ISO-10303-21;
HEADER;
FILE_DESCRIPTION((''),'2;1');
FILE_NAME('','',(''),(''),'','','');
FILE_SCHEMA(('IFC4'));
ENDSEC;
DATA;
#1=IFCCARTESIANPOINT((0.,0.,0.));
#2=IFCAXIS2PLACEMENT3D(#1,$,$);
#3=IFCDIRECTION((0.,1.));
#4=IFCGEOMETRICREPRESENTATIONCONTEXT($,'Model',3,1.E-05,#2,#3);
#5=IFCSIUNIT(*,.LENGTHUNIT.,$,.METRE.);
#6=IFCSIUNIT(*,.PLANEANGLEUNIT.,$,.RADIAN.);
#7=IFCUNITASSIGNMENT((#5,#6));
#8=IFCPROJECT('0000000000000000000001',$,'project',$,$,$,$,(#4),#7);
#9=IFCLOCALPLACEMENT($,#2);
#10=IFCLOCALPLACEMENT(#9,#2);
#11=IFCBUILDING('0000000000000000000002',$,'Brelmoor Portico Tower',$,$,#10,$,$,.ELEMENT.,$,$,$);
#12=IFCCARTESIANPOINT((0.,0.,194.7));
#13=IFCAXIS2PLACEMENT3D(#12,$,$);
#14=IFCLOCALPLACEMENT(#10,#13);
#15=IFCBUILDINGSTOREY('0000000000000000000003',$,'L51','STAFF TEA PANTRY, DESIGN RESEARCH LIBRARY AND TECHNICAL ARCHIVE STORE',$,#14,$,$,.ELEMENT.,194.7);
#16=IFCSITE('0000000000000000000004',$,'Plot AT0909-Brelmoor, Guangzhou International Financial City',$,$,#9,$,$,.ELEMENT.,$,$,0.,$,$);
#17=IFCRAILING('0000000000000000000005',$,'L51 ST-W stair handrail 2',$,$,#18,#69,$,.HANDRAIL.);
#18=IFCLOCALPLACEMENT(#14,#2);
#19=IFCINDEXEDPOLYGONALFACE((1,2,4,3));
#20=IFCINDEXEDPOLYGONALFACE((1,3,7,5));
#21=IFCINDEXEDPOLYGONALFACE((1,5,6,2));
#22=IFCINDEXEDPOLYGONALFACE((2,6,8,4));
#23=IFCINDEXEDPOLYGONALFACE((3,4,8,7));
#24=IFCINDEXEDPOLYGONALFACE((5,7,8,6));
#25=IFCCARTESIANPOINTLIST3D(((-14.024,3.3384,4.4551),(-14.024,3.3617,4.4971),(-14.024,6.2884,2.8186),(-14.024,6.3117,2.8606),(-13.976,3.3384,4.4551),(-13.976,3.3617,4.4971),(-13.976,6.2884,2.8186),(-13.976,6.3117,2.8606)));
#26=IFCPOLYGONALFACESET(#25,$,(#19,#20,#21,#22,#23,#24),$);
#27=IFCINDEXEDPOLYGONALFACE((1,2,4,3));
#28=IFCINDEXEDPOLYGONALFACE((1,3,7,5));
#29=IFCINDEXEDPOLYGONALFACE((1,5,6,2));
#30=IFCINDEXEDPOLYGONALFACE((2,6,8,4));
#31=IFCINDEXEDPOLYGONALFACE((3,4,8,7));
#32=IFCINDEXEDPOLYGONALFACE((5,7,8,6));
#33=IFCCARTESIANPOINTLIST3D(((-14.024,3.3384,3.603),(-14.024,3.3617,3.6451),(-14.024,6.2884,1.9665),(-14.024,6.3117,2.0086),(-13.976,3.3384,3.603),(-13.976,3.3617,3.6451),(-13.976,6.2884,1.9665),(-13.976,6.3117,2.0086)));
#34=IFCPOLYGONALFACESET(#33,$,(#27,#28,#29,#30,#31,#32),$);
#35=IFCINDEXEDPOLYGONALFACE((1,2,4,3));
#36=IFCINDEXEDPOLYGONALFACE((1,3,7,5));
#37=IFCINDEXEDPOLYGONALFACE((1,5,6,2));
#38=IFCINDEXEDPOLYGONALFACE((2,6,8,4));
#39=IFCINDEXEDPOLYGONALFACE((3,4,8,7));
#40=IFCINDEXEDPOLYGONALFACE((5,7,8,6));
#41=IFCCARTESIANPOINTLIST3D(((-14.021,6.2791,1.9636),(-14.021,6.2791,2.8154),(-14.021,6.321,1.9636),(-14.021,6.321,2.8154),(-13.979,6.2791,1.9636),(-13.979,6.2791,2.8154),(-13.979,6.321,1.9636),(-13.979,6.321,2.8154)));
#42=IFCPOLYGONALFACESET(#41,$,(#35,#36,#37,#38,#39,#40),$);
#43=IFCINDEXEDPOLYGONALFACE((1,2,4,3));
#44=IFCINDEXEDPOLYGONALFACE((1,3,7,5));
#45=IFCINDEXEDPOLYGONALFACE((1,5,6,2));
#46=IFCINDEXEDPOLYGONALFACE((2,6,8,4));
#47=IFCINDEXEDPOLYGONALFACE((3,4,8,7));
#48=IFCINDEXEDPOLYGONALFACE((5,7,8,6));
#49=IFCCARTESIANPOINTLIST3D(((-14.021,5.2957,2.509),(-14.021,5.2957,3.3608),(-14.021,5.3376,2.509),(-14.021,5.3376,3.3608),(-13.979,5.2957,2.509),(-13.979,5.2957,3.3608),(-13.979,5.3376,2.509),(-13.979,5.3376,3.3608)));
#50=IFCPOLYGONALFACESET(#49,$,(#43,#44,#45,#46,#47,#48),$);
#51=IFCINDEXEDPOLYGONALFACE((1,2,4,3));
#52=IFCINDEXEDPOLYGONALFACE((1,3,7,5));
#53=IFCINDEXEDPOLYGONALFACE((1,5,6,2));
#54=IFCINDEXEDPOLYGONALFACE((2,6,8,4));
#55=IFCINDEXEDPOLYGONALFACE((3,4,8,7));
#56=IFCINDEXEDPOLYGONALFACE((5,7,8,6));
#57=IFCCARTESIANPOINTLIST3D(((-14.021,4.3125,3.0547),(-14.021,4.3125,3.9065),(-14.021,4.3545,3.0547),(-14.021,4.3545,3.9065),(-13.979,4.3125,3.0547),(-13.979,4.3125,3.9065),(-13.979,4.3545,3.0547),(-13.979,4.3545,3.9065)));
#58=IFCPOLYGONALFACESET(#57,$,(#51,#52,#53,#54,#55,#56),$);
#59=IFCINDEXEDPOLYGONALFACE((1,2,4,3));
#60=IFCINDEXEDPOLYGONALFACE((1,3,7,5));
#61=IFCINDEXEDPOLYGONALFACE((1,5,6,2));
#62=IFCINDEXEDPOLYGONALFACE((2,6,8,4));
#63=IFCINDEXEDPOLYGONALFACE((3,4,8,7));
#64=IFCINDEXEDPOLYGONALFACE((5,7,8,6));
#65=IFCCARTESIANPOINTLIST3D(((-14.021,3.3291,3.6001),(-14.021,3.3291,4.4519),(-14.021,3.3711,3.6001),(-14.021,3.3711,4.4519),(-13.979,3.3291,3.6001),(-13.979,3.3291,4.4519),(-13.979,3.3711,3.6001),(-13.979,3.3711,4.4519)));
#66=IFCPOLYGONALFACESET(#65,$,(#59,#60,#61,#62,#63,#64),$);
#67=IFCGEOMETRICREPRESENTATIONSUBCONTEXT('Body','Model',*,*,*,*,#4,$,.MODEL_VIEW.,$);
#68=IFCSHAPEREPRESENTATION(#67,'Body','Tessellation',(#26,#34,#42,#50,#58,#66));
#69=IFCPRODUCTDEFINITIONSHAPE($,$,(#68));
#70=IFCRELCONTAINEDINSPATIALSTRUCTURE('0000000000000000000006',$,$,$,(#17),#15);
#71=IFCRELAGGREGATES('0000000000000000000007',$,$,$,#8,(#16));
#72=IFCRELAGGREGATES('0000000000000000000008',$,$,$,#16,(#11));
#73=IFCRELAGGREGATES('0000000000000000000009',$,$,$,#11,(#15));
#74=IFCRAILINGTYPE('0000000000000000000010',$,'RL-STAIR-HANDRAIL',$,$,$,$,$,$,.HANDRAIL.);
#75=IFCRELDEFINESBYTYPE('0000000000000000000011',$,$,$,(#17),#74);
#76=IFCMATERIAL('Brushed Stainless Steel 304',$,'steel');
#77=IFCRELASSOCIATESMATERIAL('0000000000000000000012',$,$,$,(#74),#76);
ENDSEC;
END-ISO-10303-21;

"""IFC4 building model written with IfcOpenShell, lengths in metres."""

from ifc_helpers import new_model, si_unit, direction, frame, origin, origin_2d, place, context, subcontext, project, spatial, rectangle, extrude, material, type_object, element, save


model = new_model("IFC4")

# Units and contexts
model_context = context("Model", 3, precision=1e-05, world=origin(), true_north=direction((0.0, 1.0)))
body_context = subcontext(model_context, "Body", "Model", "MODEL_VIEW")
ifc_project = project(units=[si_unit("LENGTHUNIT", "METRE"), si_unit("PLANEANGLEUNIT", "RADIAN")], contexts=[model_context])

# Site, building, storey
site_placement = place(None, origin())
site = spatial("IfcSite", under=ifc_project, at=site_placement, Name="Plot AT0909-Brelmoor, Guangzhou International Financial City", CompositionType="ELEMENT", RefElevation=0.0)
building_placement = place(site_placement, origin())
building = spatial("IfcBuilding", under=site, at=building_placement, Name="Brelmoor Portico Tower", CompositionType="ELEMENT")
storey_placement = place(building_placement, frame((0.0, 0.0, 194.7)))
storey = spatial("IfcBuildingStorey", under=building, at=storey_placement, Name="L51", Description="STAFF TEA PANTRY, DESIGN RESEARCH LIBRARY AND TECHNICAL ARCHIVE STORE", CompositionType="ELEMENT", Elevation=194.7)

# Railing
ifc_material_1 = material(Name="Brushed Stainless Steel 304", Category="steel")
railing_type_1 = type_object("IfcRailingType", Name="RL-STAIR-HANDRAIL", PredefinedType="HANDRAIL", material=ifc_material_1)
railing_1_placement = place(storey_placement, frame((-14.0, 6.3, 1.9636)))
element("IfcRailing", 1, at=railing_1_placement, inside=storey, type_object=railing_type_1, Name="L51 ST-W stair handrail 2", PredefinedType="HANDRAIL", context=body_context, shape_type="SweptSolid", body=[
    extrude(rectangle(XDim=0.0481, YDim=0.0481, at=origin_2d()), frame((0.0, 0.0, 0.876), z_axis=(0.0, -0.874458, 0.485102), x_axis=(1.0, 0.0, 0.0)), (0.0, 0.0, 1.0), 3.3735),
    extrude(rectangle(XDim=0.0481, YDim=0.0481, at=origin_2d()), frame((0.0, 0.0, 0.0239), z_axis=(0.0, -0.874458, 0.485102), x_axis=(1.0, 0.0, 0.0)), (0.0, 0.0, 1.0), 3.3735),
    extrude(rectangle(XDim=0.042, YDim=0.042, at=origin_2d()), origin(), (0.0, 0.0, 1.0), 0.8518),
    extrude(rectangle(XDim=0.042, YDim=0.042, at=origin_2d()), frame((0.0, -0.9834, 0.5454)), (0.0, 0.0, 1.0), 0.8518),
    extrude(rectangle(XDim=0.042, YDim=0.042, at=origin_2d()), frame((0.0, -1.9666, 1.0911)), (0.0, 0.0, 1.0), 0.8518),
    extrude(rectangle(XDim=0.042, YDim=0.042, at=origin_2d()), frame((0.0, -2.95, 1.6365)), (0.0, 0.0, 1.0), 0.8518),
])

save(model, "model.ifc")
